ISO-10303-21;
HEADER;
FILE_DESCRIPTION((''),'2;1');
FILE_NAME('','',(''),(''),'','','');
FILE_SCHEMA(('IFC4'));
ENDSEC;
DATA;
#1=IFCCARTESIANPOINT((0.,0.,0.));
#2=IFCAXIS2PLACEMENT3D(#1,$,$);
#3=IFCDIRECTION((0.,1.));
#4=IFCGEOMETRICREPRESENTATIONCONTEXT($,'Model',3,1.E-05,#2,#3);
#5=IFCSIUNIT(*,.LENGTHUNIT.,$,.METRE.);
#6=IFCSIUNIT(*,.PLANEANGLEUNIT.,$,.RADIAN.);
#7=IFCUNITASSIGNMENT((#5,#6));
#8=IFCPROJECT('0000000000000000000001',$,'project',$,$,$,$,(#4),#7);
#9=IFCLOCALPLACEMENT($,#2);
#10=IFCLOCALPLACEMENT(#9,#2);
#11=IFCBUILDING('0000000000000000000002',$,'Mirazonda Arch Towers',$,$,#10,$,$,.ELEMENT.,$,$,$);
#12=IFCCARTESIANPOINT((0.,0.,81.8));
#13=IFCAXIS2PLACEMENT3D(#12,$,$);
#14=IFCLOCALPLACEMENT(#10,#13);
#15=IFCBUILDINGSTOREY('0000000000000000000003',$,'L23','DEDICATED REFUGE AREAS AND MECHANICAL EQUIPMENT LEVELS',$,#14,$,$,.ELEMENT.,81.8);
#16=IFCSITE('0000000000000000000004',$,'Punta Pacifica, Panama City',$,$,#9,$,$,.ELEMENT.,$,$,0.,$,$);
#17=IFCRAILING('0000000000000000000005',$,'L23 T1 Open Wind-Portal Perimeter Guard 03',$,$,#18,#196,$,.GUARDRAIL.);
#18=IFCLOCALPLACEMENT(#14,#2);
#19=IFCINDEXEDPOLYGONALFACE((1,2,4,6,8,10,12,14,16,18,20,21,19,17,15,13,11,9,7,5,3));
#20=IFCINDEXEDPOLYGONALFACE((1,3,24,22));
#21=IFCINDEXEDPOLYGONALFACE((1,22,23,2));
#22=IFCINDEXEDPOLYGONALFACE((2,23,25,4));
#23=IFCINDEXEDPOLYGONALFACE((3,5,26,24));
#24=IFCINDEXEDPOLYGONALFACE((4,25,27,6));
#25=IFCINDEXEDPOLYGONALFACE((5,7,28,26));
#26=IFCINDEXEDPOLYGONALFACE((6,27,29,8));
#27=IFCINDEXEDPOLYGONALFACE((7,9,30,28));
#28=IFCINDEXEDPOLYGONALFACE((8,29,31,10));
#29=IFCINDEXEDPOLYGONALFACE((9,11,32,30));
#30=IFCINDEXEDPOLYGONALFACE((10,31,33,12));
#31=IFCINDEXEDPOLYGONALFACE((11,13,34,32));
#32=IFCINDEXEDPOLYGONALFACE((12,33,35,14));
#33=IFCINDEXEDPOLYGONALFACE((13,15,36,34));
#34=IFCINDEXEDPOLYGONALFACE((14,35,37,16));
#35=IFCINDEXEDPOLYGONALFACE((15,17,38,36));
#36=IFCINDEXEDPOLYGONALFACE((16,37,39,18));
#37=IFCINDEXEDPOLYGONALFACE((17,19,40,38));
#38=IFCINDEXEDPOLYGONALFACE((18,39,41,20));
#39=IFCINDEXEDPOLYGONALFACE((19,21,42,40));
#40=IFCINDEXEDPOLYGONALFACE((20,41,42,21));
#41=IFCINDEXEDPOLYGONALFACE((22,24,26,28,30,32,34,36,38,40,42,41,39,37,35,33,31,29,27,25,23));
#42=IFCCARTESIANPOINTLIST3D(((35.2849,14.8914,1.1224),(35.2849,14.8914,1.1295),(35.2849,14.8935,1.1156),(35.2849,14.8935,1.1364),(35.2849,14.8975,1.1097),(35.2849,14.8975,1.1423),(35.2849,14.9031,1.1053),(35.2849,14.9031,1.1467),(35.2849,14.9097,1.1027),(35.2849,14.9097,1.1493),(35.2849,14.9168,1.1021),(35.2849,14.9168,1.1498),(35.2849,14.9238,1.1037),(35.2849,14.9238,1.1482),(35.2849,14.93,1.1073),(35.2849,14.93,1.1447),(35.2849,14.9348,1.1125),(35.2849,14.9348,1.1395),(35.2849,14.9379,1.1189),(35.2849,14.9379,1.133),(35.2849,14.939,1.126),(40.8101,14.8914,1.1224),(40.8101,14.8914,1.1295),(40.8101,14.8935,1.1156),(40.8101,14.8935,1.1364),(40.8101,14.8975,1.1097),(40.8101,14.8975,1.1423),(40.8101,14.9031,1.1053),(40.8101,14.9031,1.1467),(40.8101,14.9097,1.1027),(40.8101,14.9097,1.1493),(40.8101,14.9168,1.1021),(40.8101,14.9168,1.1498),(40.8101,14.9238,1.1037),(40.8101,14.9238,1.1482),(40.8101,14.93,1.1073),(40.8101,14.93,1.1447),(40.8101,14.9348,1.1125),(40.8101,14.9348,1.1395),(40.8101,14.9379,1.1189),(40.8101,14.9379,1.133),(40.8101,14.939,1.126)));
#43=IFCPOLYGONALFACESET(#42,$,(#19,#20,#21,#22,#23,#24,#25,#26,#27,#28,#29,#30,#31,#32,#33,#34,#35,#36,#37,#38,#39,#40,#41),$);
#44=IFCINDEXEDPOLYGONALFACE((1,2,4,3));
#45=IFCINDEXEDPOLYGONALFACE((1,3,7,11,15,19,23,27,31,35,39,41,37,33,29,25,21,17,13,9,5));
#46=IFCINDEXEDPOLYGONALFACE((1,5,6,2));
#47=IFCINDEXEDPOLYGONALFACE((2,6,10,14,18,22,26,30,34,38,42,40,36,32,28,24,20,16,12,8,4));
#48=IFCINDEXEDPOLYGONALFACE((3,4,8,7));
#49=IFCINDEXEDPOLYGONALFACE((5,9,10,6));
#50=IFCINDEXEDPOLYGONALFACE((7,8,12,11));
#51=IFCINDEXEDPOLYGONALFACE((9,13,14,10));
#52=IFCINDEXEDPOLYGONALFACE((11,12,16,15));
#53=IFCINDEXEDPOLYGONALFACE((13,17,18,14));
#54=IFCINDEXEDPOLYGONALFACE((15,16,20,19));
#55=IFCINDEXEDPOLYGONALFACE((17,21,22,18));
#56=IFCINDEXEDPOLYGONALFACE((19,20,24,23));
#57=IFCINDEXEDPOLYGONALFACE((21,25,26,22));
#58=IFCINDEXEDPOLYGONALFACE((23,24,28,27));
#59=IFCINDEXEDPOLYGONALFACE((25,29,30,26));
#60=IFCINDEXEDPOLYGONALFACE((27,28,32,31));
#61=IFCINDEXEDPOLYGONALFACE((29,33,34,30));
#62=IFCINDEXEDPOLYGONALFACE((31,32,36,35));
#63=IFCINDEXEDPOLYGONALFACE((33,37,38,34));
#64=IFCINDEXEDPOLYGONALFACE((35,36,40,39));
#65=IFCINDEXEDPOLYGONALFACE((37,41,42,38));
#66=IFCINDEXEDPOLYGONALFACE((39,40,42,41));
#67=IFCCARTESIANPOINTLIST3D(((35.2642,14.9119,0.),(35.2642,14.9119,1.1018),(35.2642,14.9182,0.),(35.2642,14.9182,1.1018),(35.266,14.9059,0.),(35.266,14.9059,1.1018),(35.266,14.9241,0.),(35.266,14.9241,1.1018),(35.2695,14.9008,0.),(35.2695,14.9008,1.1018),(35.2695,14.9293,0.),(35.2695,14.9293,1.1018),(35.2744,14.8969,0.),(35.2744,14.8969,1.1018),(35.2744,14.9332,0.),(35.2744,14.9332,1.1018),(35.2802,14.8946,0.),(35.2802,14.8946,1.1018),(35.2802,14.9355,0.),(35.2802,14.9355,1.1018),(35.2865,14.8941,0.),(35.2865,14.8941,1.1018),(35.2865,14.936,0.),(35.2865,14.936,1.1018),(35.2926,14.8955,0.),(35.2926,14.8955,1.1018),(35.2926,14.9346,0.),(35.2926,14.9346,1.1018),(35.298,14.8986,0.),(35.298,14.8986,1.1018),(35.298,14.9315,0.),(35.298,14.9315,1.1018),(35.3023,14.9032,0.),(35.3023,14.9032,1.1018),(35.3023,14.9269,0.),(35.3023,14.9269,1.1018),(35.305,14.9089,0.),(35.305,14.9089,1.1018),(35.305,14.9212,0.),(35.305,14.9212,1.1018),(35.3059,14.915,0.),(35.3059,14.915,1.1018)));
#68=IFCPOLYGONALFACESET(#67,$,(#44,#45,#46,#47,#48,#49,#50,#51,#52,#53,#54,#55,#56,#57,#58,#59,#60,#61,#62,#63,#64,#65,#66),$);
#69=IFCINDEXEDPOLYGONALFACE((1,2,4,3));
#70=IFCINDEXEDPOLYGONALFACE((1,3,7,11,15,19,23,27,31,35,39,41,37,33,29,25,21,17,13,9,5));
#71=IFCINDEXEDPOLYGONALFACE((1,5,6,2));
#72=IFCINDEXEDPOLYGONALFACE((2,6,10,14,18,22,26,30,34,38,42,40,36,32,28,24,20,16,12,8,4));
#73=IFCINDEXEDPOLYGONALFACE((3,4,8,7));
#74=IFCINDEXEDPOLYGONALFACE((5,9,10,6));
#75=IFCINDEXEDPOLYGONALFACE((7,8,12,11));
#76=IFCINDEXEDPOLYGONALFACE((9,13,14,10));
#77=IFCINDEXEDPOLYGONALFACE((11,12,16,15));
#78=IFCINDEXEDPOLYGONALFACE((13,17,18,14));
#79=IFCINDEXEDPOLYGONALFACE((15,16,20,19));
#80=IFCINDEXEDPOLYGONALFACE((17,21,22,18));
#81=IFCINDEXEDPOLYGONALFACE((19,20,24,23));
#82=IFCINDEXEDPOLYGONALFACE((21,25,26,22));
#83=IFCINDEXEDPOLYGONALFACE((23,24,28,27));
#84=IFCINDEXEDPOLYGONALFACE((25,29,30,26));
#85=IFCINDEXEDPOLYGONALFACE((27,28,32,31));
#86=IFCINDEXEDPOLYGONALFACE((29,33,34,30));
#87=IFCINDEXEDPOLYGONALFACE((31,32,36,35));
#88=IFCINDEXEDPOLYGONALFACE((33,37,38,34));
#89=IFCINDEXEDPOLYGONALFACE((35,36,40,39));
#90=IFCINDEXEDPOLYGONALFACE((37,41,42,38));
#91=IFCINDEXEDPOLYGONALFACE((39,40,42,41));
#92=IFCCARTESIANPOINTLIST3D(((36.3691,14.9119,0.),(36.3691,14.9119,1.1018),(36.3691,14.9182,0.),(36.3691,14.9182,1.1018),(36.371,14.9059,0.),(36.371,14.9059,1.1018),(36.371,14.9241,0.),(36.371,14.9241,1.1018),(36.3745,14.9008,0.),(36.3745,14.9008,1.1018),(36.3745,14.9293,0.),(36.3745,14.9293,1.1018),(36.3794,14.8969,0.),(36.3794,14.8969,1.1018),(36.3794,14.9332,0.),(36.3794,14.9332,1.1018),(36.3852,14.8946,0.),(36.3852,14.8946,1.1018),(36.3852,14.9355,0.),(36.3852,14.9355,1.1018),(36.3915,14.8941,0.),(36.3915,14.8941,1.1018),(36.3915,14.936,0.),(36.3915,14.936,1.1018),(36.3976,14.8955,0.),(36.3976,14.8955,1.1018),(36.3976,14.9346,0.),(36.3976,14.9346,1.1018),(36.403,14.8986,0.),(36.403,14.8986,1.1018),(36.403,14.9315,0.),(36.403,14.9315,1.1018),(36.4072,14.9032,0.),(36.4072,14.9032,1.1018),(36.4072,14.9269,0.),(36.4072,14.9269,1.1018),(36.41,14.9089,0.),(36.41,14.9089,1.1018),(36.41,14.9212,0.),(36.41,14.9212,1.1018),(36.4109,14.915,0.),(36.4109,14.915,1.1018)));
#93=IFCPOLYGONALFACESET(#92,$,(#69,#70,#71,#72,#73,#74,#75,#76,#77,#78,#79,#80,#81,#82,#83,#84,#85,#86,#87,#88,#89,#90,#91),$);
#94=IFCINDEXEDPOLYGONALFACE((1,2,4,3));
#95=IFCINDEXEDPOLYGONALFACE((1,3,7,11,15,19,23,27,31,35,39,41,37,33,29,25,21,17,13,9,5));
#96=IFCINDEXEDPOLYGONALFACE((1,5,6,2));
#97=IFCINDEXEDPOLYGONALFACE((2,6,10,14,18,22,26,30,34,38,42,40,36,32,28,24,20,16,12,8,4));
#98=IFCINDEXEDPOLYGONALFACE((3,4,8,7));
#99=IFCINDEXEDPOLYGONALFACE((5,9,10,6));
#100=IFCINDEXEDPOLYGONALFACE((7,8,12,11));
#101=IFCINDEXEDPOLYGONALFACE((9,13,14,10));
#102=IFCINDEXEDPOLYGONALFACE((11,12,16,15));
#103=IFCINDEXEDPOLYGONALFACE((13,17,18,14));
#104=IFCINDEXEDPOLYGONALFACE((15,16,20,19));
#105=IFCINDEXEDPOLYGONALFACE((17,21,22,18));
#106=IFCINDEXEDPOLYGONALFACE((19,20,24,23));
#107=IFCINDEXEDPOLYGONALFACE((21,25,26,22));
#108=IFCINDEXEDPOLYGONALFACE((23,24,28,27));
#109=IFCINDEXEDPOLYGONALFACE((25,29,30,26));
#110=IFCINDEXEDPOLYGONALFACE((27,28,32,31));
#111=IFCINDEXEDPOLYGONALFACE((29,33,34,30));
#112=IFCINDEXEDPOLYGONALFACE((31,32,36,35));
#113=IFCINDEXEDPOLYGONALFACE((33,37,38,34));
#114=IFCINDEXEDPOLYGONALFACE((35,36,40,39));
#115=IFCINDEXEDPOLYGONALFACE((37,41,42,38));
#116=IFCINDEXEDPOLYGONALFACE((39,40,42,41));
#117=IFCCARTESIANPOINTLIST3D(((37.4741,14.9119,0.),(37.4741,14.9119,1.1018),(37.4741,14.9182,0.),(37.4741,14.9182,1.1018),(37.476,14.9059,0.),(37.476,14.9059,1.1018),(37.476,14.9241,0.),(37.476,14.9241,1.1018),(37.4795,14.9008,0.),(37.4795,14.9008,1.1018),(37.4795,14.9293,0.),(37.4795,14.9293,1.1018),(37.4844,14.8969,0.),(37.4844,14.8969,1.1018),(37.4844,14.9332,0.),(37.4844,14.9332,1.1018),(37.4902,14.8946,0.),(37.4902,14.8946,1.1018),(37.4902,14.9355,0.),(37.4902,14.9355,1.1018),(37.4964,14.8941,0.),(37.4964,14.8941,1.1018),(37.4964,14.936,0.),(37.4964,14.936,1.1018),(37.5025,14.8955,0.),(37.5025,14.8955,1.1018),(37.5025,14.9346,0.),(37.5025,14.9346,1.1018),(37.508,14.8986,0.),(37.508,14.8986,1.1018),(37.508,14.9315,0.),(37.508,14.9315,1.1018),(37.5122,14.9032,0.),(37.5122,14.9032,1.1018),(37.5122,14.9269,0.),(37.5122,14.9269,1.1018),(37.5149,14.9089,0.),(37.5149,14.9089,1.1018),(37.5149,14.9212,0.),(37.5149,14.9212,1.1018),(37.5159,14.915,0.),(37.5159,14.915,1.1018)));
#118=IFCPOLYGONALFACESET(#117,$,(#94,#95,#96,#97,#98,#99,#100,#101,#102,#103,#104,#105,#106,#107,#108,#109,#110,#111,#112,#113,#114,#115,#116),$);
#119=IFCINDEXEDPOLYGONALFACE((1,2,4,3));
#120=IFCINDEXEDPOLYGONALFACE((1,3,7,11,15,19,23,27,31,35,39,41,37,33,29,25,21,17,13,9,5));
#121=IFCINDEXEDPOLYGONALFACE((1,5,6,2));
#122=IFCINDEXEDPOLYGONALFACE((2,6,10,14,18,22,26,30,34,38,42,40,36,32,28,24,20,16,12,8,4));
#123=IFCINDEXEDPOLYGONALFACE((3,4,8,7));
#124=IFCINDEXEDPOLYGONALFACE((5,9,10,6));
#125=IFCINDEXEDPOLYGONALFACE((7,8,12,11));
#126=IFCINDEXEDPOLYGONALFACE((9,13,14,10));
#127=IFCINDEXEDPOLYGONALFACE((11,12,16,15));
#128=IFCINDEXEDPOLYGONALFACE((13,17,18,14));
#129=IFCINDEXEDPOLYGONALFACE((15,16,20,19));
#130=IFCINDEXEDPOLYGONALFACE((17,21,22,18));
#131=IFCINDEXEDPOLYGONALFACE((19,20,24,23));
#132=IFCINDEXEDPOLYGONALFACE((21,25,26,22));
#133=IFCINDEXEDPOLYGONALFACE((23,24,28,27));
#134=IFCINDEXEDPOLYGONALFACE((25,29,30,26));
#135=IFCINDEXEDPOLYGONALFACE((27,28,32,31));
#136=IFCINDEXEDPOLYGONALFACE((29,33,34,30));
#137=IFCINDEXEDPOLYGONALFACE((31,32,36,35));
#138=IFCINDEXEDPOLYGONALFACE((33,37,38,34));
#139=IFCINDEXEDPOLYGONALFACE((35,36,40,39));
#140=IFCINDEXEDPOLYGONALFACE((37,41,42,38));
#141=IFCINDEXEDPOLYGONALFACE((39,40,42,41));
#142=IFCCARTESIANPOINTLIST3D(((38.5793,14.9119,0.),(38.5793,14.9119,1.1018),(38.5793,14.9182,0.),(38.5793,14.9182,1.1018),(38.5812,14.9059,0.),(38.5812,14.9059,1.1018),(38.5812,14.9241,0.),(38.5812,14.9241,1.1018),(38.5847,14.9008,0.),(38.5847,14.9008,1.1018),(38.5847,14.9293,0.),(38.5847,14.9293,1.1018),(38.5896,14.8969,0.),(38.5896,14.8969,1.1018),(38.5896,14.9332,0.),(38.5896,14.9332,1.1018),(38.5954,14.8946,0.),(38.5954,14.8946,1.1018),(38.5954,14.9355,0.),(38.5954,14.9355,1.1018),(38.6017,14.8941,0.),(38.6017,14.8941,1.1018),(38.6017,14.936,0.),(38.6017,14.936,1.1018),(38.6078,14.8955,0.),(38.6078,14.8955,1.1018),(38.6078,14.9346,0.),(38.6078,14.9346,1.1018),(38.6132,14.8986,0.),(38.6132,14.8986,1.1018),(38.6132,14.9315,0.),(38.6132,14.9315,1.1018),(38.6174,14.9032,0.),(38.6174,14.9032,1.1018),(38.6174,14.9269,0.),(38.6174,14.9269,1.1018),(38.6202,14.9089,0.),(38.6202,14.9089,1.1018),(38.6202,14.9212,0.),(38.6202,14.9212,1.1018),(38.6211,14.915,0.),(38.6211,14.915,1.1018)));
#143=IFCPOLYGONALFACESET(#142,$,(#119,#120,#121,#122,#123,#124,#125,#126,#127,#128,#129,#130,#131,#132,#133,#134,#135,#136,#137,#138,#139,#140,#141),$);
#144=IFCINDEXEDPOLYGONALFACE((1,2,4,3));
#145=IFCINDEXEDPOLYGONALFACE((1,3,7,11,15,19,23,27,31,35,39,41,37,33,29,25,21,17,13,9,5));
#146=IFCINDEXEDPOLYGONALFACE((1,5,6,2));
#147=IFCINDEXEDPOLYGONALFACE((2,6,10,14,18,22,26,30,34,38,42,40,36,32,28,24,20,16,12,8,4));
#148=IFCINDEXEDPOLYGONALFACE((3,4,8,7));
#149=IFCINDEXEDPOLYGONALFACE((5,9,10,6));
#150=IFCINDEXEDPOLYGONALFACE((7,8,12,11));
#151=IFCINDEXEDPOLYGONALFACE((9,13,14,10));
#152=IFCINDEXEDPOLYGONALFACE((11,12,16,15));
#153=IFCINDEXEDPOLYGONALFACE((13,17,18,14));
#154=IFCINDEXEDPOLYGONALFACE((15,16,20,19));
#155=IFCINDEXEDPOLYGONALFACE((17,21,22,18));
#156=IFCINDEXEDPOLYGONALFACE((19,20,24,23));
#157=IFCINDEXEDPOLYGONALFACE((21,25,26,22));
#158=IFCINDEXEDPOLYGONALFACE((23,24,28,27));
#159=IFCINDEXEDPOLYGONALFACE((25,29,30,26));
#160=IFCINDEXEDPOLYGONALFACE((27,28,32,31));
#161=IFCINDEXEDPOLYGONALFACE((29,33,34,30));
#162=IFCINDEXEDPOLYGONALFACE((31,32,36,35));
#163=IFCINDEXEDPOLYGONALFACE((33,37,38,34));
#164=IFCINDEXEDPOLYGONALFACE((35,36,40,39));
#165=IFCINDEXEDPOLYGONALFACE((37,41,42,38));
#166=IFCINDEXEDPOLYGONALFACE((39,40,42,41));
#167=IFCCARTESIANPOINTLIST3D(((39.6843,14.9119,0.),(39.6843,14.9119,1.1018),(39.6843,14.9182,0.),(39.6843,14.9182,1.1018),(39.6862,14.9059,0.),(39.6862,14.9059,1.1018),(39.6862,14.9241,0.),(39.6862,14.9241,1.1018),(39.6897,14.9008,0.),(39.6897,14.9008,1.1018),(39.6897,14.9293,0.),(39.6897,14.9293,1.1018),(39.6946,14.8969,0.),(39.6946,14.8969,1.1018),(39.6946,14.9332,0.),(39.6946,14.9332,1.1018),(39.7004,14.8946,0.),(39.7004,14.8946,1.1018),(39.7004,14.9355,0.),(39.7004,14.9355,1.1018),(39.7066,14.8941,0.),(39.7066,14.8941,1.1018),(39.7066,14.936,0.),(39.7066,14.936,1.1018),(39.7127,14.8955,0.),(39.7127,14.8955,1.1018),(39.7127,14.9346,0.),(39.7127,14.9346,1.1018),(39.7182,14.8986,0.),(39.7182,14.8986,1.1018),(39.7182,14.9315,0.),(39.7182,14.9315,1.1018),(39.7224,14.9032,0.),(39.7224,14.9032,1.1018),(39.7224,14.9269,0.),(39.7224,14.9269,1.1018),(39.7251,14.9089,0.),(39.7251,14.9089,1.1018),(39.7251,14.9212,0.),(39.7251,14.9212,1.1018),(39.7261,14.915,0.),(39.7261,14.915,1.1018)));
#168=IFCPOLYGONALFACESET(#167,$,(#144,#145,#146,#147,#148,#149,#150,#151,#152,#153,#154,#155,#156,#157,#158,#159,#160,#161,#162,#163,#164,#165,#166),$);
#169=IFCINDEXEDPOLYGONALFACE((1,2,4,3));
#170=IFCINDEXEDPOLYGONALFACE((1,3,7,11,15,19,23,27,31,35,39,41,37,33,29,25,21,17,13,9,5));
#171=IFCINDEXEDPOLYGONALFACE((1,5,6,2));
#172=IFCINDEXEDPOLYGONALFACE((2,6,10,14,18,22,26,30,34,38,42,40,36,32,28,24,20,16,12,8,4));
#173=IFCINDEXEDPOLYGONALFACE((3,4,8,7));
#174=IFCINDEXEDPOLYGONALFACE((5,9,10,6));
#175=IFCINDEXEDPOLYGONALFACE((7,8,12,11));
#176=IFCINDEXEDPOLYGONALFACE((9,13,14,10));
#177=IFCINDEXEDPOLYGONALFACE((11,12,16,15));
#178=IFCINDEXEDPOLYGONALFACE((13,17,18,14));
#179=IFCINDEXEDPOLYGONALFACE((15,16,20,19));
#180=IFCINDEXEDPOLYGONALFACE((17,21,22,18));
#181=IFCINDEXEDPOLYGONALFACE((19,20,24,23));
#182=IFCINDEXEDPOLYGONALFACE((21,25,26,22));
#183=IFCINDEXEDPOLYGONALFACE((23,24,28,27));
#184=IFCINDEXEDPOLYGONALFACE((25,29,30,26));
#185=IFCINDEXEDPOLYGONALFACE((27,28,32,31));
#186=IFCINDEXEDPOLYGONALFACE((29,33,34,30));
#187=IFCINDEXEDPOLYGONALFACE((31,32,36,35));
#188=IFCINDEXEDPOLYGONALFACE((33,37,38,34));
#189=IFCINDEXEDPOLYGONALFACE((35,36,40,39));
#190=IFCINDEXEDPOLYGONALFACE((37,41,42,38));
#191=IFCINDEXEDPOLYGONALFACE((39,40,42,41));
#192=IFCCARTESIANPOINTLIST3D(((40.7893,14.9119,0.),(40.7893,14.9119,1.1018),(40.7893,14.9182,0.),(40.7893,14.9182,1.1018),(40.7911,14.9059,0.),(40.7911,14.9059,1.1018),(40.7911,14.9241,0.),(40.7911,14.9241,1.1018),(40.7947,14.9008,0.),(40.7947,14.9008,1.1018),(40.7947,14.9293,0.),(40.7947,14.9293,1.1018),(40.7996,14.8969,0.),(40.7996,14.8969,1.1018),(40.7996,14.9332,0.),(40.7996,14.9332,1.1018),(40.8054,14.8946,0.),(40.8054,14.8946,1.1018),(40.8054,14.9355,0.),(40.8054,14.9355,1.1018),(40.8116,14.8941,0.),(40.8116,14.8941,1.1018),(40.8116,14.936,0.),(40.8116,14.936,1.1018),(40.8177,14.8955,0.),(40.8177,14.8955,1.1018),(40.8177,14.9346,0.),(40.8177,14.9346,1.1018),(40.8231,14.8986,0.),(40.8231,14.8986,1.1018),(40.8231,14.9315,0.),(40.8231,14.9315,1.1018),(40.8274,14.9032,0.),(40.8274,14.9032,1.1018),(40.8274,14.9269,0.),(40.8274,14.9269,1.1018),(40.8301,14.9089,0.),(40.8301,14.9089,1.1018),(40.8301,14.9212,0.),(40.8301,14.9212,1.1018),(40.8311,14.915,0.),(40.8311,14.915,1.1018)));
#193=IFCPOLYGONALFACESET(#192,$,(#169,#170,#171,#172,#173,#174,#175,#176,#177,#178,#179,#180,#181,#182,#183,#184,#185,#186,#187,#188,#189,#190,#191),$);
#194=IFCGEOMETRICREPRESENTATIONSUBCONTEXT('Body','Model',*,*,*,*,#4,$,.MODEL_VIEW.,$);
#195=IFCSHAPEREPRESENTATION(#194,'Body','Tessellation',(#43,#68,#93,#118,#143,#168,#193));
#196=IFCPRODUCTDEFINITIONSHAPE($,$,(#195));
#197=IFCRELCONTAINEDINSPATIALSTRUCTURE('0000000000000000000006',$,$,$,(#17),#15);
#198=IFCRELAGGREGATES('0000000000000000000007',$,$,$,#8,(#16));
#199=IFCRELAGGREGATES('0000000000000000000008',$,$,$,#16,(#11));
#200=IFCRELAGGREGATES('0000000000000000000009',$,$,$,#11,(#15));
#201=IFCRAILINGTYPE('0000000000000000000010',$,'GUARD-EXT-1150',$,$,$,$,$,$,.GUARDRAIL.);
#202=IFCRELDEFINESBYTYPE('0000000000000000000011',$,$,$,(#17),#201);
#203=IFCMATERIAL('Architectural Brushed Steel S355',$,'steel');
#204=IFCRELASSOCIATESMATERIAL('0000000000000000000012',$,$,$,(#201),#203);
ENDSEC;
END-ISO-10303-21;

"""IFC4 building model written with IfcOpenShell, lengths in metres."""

from ifc_helpers import new_model, si_unit, direction, frame, origin, origin_2d, place, context, subcontext, project, spatial, circle, extrude, material, type_object, element, save


model = new_model("IFC4")

# Units and contexts
model_context = context("Model", 3, precision=1e-05, world=origin(), true_north=direction((0.0, 1.0)))
body_context = subcontext(model_context, "Body", "Model", "MODEL_VIEW")
ifc_project = project(units=[si_unit("LENGTHUNIT", "METRE"), si_unit("PLANEANGLEUNIT", "RADIAN")], contexts=[model_context])

# Site, building, storey
site_placement = place(None, origin())
site = spatial("IfcSite", under=ifc_project, at=site_placement, Name="Punta Pacifica, Panama City", CompositionType="ELEMENT", RefElevation=0.0)
building_placement = place(site_placement, origin())
building = spatial("IfcBuilding", under=site, at=building_placement, Name="Mirazonda Arch Towers", CompositionType="ELEMENT")
storey_placement = place(building_placement, frame((0.0, 0.0, 81.8)))
storey = spatial("IfcBuildingStorey", under=building, at=storey_placement, Name="L23", Description="DEDICATED REFUGE AREAS AND MECHANICAL EQUIPMENT LEVELS", CompositionType="ELEMENT", Elevation=81.8)

# Railing
ifc_material_1 = material(Name="Architectural Brushed Steel S355", Category="steel")
railing_type = type_object("IfcRailingType", Name="GUARD-EXT-1150", PredefinedType="GUARDRAIL", material=ifc_material_1)
railing_1_placement = place(storey_placement, frame((35.2849, 14.915, 0.0)))
element("IfcRailing", 1, at=railing_1_placement, inside=storey, type_object=railing_type, Name="L23 T1 Open Wind-Portal Perimeter Guard 03", PredefinedType="GUARDRAIL", context=body_context, shape_type="SweptSolid", body=[
    extrude(circle(Radius=0.0239, at=origin_2d()), frame((0.0, 0.0, 1.126), z_axis=(1.0, 0.0, 0.0), x_axis=(0.0, 1.0, 0.0)), (0.0, 0.0, 1.0), 5.5251),
    extrude(circle(Radius=0.021, at=origin_2d()), origin(), (0.0, 0.0, 1.0), 1.1018),
    extrude(circle(Radius=0.021, at=origin_2d()), frame((1.105, 0.0, 0.0)), (0.0, 0.0, 1.0), 1.1018),
    extrude(circle(Radius=0.021, at=origin_2d()), frame((2.21, 0.0, 0.0)), (0.0, 0.0, 1.0), 1.1018),
    extrude(circle(Radius=0.021, at=origin_2d()), frame((3.3152, 0.0, 0.0)), (0.0, 0.0, 1.0), 1.1018),
    extrude(circle(Radius=0.021, at=origin_2d()), frame((4.4202, 0.0, 0.0)), (0.0, 0.0, 1.0), 1.1018),
    extrude(circle(Radius=0.021, at=origin_2d()), frame((5.5251, 0.0, 0.0)), (0.0, 0.0, 1.0), 1.1018),
])

save(model, "model.ifc")
